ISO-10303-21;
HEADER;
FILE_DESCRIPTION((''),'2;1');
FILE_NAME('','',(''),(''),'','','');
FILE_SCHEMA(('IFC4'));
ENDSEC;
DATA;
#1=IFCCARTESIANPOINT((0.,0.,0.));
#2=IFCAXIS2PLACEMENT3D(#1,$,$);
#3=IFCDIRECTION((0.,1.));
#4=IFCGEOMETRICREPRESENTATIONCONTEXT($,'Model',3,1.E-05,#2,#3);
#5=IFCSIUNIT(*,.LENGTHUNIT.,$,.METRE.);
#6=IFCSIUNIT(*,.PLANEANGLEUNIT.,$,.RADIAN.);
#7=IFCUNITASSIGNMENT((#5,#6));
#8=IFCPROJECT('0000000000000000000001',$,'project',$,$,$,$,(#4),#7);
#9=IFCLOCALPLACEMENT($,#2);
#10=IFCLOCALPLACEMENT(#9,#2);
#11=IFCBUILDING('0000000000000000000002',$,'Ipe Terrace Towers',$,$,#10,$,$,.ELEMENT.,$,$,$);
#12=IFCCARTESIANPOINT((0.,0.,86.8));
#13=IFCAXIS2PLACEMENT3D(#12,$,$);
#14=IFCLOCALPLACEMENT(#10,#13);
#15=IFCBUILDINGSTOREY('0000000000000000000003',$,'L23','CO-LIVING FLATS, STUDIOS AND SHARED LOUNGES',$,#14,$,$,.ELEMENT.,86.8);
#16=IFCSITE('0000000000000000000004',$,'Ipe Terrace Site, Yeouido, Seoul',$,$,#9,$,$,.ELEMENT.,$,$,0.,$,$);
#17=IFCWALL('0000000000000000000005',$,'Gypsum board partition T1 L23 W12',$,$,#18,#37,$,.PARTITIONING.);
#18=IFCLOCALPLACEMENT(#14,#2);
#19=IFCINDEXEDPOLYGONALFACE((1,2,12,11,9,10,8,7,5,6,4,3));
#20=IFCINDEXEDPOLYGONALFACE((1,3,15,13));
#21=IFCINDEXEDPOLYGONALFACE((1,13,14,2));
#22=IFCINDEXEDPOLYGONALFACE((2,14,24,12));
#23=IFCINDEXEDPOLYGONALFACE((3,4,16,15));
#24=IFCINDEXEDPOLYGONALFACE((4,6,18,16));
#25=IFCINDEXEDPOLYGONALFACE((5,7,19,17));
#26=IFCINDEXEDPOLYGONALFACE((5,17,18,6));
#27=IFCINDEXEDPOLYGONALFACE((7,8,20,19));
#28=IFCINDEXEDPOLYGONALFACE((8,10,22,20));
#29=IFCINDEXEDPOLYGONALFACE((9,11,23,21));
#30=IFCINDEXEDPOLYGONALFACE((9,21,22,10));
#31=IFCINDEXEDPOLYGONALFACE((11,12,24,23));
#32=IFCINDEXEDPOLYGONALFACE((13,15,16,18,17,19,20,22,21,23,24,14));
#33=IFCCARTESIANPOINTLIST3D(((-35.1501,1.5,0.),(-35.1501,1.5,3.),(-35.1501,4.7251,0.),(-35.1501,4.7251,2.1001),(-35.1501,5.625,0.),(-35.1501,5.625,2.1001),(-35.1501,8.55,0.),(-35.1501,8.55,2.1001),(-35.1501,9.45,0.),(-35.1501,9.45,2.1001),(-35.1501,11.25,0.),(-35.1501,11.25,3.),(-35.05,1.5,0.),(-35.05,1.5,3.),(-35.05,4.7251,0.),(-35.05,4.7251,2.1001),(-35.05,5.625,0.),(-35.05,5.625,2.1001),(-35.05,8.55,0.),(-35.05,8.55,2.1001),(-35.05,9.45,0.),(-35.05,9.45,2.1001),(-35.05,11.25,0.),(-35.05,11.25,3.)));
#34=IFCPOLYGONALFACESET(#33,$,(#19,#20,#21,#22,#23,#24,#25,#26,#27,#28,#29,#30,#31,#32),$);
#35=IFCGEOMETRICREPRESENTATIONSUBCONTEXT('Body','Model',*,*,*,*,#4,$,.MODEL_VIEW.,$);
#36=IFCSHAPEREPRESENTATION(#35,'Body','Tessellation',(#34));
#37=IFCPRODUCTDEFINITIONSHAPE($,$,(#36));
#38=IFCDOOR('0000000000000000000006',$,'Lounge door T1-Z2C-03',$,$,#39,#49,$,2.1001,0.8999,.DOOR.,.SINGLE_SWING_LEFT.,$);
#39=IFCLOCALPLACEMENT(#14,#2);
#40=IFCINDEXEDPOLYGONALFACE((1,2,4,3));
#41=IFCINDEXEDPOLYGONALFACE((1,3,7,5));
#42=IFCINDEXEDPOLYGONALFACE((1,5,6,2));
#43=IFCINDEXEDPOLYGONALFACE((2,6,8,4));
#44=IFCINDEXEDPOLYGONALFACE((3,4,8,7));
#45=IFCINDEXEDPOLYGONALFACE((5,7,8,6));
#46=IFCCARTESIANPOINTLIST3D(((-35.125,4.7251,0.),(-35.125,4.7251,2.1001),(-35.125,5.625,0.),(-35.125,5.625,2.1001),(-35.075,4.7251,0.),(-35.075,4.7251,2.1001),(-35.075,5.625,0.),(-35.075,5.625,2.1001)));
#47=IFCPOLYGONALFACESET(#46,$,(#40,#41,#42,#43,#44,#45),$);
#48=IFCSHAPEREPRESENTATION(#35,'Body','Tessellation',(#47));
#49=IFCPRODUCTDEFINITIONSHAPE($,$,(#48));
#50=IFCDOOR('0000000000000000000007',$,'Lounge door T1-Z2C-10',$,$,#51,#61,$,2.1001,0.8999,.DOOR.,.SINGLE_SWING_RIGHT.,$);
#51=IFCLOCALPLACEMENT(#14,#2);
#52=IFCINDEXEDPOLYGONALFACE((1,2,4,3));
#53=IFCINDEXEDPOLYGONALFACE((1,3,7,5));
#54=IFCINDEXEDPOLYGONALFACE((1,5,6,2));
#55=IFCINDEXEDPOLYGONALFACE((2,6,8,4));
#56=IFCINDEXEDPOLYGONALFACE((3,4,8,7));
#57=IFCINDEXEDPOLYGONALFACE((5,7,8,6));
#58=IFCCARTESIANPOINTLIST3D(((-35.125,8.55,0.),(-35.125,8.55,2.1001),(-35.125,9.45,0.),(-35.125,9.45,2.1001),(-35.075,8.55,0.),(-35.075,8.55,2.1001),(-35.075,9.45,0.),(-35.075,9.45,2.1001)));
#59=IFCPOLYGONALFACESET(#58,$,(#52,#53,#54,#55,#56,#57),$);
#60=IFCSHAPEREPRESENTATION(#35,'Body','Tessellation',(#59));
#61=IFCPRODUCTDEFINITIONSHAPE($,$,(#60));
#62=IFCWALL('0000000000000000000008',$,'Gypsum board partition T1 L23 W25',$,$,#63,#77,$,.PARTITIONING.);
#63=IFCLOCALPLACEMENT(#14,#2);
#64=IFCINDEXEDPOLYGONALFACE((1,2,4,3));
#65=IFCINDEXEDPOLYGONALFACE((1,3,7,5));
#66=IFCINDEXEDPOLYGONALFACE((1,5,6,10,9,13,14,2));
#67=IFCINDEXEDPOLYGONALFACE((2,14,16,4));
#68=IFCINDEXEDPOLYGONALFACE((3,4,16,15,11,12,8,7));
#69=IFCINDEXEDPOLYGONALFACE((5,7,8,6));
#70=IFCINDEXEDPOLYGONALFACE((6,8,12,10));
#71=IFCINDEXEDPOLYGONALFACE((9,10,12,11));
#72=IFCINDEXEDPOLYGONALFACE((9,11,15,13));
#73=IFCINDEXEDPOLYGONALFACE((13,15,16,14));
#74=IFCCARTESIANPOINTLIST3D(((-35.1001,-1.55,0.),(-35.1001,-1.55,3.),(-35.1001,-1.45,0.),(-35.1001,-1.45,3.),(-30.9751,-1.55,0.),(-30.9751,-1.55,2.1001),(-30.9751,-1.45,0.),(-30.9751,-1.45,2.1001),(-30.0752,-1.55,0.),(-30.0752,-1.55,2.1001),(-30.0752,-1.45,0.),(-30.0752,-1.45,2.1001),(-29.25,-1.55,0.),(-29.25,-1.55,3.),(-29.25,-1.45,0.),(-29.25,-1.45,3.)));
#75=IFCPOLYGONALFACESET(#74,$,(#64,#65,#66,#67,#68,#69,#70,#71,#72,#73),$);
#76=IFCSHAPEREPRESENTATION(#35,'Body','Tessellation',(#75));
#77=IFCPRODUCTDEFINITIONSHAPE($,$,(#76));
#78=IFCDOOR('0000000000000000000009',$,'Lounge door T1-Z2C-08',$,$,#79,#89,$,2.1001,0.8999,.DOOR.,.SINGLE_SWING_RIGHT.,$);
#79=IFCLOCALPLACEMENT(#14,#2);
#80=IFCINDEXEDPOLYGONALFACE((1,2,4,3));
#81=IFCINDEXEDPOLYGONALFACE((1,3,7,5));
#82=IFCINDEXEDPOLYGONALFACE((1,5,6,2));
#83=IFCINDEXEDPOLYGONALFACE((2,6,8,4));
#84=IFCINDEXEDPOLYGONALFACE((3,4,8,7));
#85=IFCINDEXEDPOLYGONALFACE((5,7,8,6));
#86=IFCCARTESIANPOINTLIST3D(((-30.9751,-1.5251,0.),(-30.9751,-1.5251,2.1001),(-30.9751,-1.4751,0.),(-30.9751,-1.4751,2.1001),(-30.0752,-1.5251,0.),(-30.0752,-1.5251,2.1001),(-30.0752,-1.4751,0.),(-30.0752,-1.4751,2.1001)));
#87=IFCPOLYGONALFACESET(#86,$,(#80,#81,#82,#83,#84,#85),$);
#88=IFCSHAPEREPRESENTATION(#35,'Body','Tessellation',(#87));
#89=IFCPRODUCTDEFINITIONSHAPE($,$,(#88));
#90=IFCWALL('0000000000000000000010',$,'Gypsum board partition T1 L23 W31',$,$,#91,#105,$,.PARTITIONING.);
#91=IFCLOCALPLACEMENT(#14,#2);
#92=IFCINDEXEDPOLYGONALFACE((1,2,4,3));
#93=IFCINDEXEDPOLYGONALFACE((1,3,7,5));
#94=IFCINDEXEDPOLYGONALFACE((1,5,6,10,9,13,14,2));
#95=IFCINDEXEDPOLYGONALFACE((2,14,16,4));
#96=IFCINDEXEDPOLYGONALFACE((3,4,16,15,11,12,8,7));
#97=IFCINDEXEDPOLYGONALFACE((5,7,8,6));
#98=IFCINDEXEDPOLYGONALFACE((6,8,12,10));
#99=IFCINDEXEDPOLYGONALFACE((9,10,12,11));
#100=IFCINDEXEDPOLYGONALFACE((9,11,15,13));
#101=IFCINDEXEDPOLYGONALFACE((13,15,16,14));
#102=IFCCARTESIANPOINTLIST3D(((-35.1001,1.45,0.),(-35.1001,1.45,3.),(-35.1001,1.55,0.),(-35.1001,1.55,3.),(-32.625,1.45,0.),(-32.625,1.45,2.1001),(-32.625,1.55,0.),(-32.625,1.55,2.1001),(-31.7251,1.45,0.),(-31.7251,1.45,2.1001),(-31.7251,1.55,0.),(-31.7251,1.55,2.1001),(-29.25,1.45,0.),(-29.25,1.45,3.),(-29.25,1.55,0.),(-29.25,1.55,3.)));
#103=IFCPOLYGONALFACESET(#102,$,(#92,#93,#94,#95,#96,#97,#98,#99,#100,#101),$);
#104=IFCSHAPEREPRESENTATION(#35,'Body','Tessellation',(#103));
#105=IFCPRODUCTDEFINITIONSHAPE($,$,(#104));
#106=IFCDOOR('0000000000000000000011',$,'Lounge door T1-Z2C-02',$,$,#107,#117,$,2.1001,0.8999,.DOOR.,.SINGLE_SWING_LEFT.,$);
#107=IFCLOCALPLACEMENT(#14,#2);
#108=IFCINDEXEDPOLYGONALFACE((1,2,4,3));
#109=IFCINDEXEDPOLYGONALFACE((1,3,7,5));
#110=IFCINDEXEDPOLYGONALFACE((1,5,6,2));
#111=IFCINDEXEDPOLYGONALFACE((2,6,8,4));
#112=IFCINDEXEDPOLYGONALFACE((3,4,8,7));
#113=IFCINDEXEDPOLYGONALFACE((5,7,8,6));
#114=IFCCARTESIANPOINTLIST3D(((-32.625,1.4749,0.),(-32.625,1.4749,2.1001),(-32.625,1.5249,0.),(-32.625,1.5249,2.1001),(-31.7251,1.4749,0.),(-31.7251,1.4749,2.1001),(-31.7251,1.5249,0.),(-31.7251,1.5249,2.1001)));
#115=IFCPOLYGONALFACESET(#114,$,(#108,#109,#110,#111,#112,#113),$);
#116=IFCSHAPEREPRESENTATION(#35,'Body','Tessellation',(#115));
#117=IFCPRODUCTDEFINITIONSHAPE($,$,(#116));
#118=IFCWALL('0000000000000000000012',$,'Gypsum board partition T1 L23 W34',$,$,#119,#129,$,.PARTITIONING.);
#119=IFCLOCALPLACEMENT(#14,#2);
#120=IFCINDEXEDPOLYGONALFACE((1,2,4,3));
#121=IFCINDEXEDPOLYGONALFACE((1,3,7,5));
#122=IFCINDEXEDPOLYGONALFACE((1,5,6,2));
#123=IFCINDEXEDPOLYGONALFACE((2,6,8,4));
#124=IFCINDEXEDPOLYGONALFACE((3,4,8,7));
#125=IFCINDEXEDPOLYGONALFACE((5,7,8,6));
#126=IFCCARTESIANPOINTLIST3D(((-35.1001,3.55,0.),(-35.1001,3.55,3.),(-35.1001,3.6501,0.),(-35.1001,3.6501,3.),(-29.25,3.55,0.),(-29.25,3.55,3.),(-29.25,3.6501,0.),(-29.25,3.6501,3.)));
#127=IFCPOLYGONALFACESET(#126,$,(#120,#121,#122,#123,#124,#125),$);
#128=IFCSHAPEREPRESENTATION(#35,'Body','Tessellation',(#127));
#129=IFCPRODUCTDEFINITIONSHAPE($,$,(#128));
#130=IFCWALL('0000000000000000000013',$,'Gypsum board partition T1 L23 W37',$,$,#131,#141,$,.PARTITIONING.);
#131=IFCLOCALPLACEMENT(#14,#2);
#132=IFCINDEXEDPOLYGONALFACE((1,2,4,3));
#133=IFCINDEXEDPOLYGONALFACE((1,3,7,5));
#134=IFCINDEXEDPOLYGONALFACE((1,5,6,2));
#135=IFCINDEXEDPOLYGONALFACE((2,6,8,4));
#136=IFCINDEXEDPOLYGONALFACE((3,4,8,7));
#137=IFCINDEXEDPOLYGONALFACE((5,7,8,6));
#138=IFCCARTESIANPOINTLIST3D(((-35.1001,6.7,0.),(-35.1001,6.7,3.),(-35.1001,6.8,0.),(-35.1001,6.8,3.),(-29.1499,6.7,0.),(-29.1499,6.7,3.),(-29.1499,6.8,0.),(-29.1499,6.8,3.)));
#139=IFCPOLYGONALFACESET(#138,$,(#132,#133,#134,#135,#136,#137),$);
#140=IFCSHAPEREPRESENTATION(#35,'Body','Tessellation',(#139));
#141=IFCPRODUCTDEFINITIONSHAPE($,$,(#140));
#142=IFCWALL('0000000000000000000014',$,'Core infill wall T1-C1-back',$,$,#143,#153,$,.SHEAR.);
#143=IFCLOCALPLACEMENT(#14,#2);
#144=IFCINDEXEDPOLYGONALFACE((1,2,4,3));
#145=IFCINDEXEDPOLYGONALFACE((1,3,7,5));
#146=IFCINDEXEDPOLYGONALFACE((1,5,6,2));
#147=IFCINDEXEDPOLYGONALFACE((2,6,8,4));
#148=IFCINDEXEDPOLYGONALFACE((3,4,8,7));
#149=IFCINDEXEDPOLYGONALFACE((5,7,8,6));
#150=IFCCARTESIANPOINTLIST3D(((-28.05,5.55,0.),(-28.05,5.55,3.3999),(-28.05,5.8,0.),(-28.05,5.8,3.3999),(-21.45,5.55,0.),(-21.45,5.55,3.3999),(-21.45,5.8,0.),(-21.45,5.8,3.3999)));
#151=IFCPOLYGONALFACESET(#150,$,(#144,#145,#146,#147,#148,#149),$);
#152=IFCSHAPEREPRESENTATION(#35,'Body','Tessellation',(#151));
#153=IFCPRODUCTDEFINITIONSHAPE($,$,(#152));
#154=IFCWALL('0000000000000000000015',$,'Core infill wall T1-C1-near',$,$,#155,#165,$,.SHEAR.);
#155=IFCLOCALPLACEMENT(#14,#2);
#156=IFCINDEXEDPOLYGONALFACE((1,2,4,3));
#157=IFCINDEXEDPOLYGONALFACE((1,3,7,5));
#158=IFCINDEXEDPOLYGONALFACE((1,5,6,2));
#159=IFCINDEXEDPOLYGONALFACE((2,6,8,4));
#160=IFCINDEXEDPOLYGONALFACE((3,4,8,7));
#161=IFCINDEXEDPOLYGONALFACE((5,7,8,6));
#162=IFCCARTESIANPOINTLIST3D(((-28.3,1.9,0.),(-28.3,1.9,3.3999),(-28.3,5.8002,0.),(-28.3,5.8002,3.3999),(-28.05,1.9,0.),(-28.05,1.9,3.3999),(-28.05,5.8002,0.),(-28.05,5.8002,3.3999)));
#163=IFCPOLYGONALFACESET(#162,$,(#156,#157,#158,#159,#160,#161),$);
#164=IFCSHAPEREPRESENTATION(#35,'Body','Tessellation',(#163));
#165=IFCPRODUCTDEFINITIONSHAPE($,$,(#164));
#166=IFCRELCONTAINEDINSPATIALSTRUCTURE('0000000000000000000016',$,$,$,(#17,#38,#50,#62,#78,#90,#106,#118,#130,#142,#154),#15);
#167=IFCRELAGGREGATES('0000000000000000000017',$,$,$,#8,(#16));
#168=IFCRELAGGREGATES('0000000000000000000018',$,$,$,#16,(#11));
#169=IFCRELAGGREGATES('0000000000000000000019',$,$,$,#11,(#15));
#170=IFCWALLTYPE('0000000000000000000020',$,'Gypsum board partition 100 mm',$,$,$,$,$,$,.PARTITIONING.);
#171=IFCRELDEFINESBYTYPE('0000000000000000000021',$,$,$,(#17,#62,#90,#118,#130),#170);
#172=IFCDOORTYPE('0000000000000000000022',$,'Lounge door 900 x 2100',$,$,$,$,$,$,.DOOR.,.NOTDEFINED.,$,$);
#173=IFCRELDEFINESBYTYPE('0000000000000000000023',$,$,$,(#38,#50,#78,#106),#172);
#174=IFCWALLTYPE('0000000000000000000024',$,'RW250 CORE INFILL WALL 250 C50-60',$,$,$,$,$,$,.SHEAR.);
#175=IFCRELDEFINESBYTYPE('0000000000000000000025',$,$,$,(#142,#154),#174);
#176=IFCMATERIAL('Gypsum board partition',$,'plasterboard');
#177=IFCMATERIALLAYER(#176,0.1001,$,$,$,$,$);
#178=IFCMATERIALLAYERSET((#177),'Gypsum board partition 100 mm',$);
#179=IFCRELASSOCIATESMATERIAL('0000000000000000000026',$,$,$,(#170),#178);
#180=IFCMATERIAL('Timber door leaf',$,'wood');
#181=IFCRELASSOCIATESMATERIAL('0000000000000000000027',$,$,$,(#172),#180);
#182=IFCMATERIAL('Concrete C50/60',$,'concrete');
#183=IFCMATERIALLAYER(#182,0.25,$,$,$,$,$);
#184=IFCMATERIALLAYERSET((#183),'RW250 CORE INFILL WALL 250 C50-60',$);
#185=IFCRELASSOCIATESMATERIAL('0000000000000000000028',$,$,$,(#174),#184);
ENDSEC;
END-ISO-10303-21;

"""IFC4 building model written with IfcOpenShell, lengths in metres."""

from ifc_helpers import new_model, si_unit, direction, frame, frame_2d, origin, place, context, subcontext, project, spatial, rectangle, extrude, material, layer, layer_set, type_object, element, fill, save


model = new_model("IFC4")

# Units and contexts
model_context = context("Model", 3, precision=1e-05, world=origin(), true_north=direction((0.0, 1.0)))
body_context = subcontext(model_context, "Body", "Model", "MODEL_VIEW")
ifc_project = project(units=[si_unit("LENGTHUNIT", "METRE"), si_unit("PLANEANGLEUNIT", "RADIAN")], contexts=[model_context])

# Site, building, storey
site_placement = place(None, origin())
site = spatial("IfcSite", under=ifc_project, at=site_placement, Name="Ipe Terrace Site, Yeouido, Seoul", CompositionType="ELEMENT", RefElevation=0.0)
building_placement = place(site_placement, origin())
building = spatial("IfcBuilding", under=site, at=building_placement, Name="Ipe Terrace Towers", CompositionType="ELEMENT")
storey_placement = place(building_placement, frame((0.0, 0.0, 86.8)))
storey = spatial("IfcBuildingStorey", under=building, at=storey_placement, Name="L23", Description="CO-LIVING FLATS, STUDIOS AND SHARED LOUNGES", CompositionType="ELEMENT", Elevation=86.8)

# Wall, openings, doors
ifc_material_1 = material(Name="Gypsum board partition", Category="plasterboard")
ifc_layer_1 = layer(ifc_material_1, 0.1001)
ifc_layer_set_1 = layer_set([ifc_layer_1], Name="Gypsum board partition 100 mm")
wall_type_1 = type_object("IfcWallType", Name="Gypsum board partition 100 mm", PredefinedType="PARTITIONING", material=ifc_layer_set_1)
ifc_material_2 = material(Name="Timber door leaf", Category="wood")
door_type_1 = type_object("IfcDoorType", Name="Lounge door 900 x 2100", OperationType="NOTDEFINED", PredefinedType="DOOR", material=ifc_material_2)
wall_1_placement = place(storey_placement, frame((-35.1001, 1.5, 0.0), z_axis=(0.0, 0.0, 1.0), x_axis=(0.0, 1.0, 0.0)))
wall_1 = element("IfcWall", 1, at=wall_1_placement, inside=storey, type_object=wall_type_1, Name="Gypsum board partition T1 L23 W12", PredefinedType="PARTITIONING", context=body_context, shape_type="SweptSolid", body=[
    extrude(rectangle(XDim=9.75, YDim=0.1001, at=frame_2d((4.875, 0.0))), origin(), (0.0, 0.0, 1.0), 3.0),
])
opening_1_placement = place(wall_1_placement, frame((3.2251, 0.0, 0.0)))
opening_1 = element("IfcOpeningElement", 2, at=opening_1_placement, cuts=wall_1, PredefinedType="OPENING", context=body_context, shape_type="SweptSolid", body=[
    extrude(rectangle(XDim=0.8999, YDim=2.1001, at=frame_2d((0.45, 1.05))), frame((0.0, 0.0601, 0.0), z_axis=(0.0, -1.0, 0.0), x_axis=(1.0, 0.0, 0.0)), (0.0, 0.0, 1.0), 0.1201),
])
opening_2_placement = place(wall_1_placement, frame((7.05, 0.0, 0.0)))
opening_2 = element("IfcOpeningElement", 3, at=opening_2_placement, cuts=wall_1, PredefinedType="OPENING", context=body_context, shape_type="SweptSolid", body=[
    extrude(rectangle(XDim=0.8999, YDim=2.1001, at=frame_2d((0.45, 1.05))), frame((0.0, 0.0601, 0.0), z_axis=(0.0, -1.0, 0.0), x_axis=(1.0, 0.0, 0.0)), (0.0, 0.0, 1.0), 0.1201),
])
door_1_placement = place(opening_1_placement, origin())
door_1 = element("IfcDoor", 4, at=door_1_placement, inside=storey, type_object=door_type_1, Name="Lounge door T1-Z2C-03", OperationType="SINGLE_SWING_LEFT", OverallHeight=2.1001, OverallWidth=0.8999, PredefinedType="DOOR", context=body_context, shape_type="SweptSolid", body=[
    extrude(rectangle(XDim=0.8999, YDim=2.1001, at=frame_2d((0.45, 1.05))), frame((0.0, 0.0249, 0.0), z_axis=(0.0, -1.0, 0.0), x_axis=(1.0, 0.0, 0.0)), (0.0, 0.0, 1.0), 0.05),
])
fill(opening_1, door_1)
door_2_placement = place(opening_2_placement, origin())
door_2 = element("IfcDoor", 5, at=door_2_placement, inside=storey, type_object=door_type_1, Name="Lounge door T1-Z2C-10", OperationType="SINGLE_SWING_RIGHT", OverallHeight=2.1001, OverallWidth=0.8999, PredefinedType="DOOR", context=body_context, shape_type="SweptSolid", body=[
    extrude(rectangle(XDim=0.8999, YDim=2.1001, at=frame_2d((0.45, 1.05))), frame((0.0, 0.0249, 0.0), z_axis=(0.0, -1.0, 0.0), x_axis=(1.0, 0.0, 0.0)), (0.0, 0.0, 1.0), 0.05),
])
fill(opening_2, door_2)

# Walls, openings, doors
wall_2_placement = place(storey_placement, frame((-35.1001, -1.5, 0.0), z_axis=(0.0, 0.0, 1.0), x_axis=(1.0, 0.0, 0.0)))
wall_2 = element("IfcWall", 6, at=wall_2_placement, inside=storey, type_object=wall_type_1, Name="Gypsum board partition T1 L23 W25", PredefinedType="PARTITIONING", context=body_context, shape_type="SweptSolid", body=[
    extrude(rectangle(XDim=5.8501, YDim=0.1001, at=frame_2d((2.925, 0.0))), origin(), (0.0, 0.0, 1.0), 3.0),
])
opening_3_placement = place(wall_2_placement, frame((4.125, 0.0, 0.0)))
opening_3 = element("IfcOpeningElement", 7, at=opening_3_placement, cuts=wall_2, PredefinedType="OPENING", context=body_context, shape_type="SweptSolid", body=[
    extrude(rectangle(XDim=0.8999, YDim=2.1001, at=frame_2d((0.45, 1.05))), frame((0.0, 0.0601, 0.0), z_axis=(0.0, -1.0, 0.0), x_axis=(1.0, 0.0, 0.0)), (0.0, 0.0, 1.0), 0.1201),
])
door_3_placement = place(opening_3_placement, origin())
door_3 = element("IfcDoor", 8, at=door_3_placement, inside=storey, type_object=door_type_1, Name="Lounge door T1-Z2C-08", OperationType="SINGLE_SWING_RIGHT", OverallHeight=2.1001, OverallWidth=0.8999, PredefinedType="DOOR", context=body_context, shape_type="SweptSolid", body=[
    extrude(rectangle(XDim=0.8999, YDim=2.1001, at=frame_2d((0.45, 1.05))), frame((0.0, 0.0249, 0.0), z_axis=(0.0, -1.0, 0.0), x_axis=(1.0, 0.0, 0.0)), (0.0, 0.0, 1.0), 0.05),
])
fill(opening_3, door_3)
wall_3_placement = place(storey_placement, frame((-35.1001, 1.5, 0.0), z_axis=(0.0, 0.0, 1.0), x_axis=(1.0, 0.0, 0.0)))
wall_3 = element("IfcWall", 9, at=wall_3_placement, inside=storey, type_object=wall_type_1, Name="Gypsum board partition T1 L23 W31", PredefinedType="PARTITIONING", context=body_context, shape_type="SweptSolid", body=[
    extrude(rectangle(XDim=5.8501, YDim=0.1001, at=frame_2d((2.925, 0.0))), origin(), (0.0, 0.0, 1.0), 3.0),
])
opening_4_placement = place(wall_3_placement, frame((2.4751, 0.0, 0.0)))
opening_4 = element("IfcOpeningElement", 10, at=opening_4_placement, cuts=wall_3, PredefinedType="OPENING", context=body_context, shape_type="SweptSolid", body=[
    extrude(rectangle(XDim=0.8999, YDim=2.1001, at=frame_2d((0.45, 1.05))), frame((0.0, 0.0601, 0.0), z_axis=(0.0, -1.0, 0.0), x_axis=(1.0, 0.0, 0.0)), (0.0, 0.0, 1.0), 0.1201),
])
door_4_placement = place(opening_4_placement, origin())
door_4 = element("IfcDoor", 11, at=door_4_placement, inside=storey, type_object=door_type_1, Name="Lounge door T1-Z2C-02", OperationType="SINGLE_SWING_LEFT", OverallHeight=2.1001, OverallWidth=0.8999, PredefinedType="DOOR", context=body_context, shape_type="SweptSolid", body=[
    extrude(rectangle(XDim=0.8999, YDim=2.1001, at=frame_2d((0.45, 1.05))), frame((0.0, 0.0249, 0.0), z_axis=(0.0, -1.0, 0.0), x_axis=(1.0, 0.0, 0.0)), (0.0, 0.0, 1.0), 0.05),
])
fill(opening_4, door_4)

# Walls
wall_4_placement = place(storey_placement, frame((-35.1001, 3.6001, 0.0), z_axis=(0.0, 0.0, 1.0), x_axis=(1.0, 0.0, 0.0)))
element("IfcWall", 12, at=wall_4_placement, inside=storey, type_object=wall_type_1, Name="Gypsum board partition T1 L23 W34", PredefinedType="PARTITIONING", context=body_context, shape_type="SweptSolid", body=[
    extrude(rectangle(XDim=5.8501, YDim=0.1001, at=frame_2d((2.925, 0.0))), origin(), (0.0, 0.0, 1.0), 3.0),
])
wall_5_placement = place(storey_placement, frame((-35.1001, 6.75, 0.0), z_axis=(0.0, 0.0, 1.0), x_axis=(1.0, 0.0, 0.0)))
element("IfcWall", 13, at=wall_5_placement, inside=storey, type_object=wall_type_1, Name="Gypsum board partition T1 L23 W37", PredefinedType="PARTITIONING", context=body_context, shape_type="SweptSolid", body=[
    extrude(rectangle(XDim=5.9502, YDim=0.1001, at=frame_2d((2.9751, 0.0))), origin(), (0.0, 0.0, 1.0), 3.0),
])
ifc_material_3 = material(Name="Concrete C50/60", Category="concrete")
ifc_layer_2 = layer(ifc_material_3, 0.25)
ifc_layer_set_2 = layer_set([ifc_layer_2], Name="RW250 CORE INFILL WALL 250 C50-60")
wall_type_2 = type_object("IfcWallType", Name="RW250 CORE INFILL WALL 250 C50-60", PredefinedType="SHEAR", material=ifc_layer_set_2)
wall_6_placement = place(storey_placement, frame((-28.05, 5.675, 0.0), z_axis=(0.0, 0.0, 1.0), x_axis=(1.0, 0.0, 0.0)))
element("IfcWall", 14, at=wall_6_placement, inside=storey, type_object=wall_type_2, Name="Core infill wall T1-C1-back", PredefinedType="SHEAR", context=body_context, shape_type="SweptSolid", body=[
    extrude(rectangle(XDim=6.6001, YDim=0.25, at=frame_2d((3.3, 0.0))), origin(), (0.0, 0.0, 1.0), 3.3999),
])
wall_7_placement = place(storey_placement, frame((-28.175, 1.8999, 0.0), z_axis=(0.0, 0.0, 1.0), x_axis=(0.0, 1.0, 0.0)))
element("IfcWall", 15, at=wall_7_placement, inside=storey, type_object=wall_type_2, Name="Core infill wall T1-C1-near", PredefinedType="SHEAR", context=body_context, shape_type="SweptSolid", body=[
    extrude(rectangle(XDim=3.9001, YDim=0.25, at=frame_2d((1.9502, 0.0))), origin(), (0.0, 0.0, 1.0), 3.3999),
])

save(model, "model.ifc")
